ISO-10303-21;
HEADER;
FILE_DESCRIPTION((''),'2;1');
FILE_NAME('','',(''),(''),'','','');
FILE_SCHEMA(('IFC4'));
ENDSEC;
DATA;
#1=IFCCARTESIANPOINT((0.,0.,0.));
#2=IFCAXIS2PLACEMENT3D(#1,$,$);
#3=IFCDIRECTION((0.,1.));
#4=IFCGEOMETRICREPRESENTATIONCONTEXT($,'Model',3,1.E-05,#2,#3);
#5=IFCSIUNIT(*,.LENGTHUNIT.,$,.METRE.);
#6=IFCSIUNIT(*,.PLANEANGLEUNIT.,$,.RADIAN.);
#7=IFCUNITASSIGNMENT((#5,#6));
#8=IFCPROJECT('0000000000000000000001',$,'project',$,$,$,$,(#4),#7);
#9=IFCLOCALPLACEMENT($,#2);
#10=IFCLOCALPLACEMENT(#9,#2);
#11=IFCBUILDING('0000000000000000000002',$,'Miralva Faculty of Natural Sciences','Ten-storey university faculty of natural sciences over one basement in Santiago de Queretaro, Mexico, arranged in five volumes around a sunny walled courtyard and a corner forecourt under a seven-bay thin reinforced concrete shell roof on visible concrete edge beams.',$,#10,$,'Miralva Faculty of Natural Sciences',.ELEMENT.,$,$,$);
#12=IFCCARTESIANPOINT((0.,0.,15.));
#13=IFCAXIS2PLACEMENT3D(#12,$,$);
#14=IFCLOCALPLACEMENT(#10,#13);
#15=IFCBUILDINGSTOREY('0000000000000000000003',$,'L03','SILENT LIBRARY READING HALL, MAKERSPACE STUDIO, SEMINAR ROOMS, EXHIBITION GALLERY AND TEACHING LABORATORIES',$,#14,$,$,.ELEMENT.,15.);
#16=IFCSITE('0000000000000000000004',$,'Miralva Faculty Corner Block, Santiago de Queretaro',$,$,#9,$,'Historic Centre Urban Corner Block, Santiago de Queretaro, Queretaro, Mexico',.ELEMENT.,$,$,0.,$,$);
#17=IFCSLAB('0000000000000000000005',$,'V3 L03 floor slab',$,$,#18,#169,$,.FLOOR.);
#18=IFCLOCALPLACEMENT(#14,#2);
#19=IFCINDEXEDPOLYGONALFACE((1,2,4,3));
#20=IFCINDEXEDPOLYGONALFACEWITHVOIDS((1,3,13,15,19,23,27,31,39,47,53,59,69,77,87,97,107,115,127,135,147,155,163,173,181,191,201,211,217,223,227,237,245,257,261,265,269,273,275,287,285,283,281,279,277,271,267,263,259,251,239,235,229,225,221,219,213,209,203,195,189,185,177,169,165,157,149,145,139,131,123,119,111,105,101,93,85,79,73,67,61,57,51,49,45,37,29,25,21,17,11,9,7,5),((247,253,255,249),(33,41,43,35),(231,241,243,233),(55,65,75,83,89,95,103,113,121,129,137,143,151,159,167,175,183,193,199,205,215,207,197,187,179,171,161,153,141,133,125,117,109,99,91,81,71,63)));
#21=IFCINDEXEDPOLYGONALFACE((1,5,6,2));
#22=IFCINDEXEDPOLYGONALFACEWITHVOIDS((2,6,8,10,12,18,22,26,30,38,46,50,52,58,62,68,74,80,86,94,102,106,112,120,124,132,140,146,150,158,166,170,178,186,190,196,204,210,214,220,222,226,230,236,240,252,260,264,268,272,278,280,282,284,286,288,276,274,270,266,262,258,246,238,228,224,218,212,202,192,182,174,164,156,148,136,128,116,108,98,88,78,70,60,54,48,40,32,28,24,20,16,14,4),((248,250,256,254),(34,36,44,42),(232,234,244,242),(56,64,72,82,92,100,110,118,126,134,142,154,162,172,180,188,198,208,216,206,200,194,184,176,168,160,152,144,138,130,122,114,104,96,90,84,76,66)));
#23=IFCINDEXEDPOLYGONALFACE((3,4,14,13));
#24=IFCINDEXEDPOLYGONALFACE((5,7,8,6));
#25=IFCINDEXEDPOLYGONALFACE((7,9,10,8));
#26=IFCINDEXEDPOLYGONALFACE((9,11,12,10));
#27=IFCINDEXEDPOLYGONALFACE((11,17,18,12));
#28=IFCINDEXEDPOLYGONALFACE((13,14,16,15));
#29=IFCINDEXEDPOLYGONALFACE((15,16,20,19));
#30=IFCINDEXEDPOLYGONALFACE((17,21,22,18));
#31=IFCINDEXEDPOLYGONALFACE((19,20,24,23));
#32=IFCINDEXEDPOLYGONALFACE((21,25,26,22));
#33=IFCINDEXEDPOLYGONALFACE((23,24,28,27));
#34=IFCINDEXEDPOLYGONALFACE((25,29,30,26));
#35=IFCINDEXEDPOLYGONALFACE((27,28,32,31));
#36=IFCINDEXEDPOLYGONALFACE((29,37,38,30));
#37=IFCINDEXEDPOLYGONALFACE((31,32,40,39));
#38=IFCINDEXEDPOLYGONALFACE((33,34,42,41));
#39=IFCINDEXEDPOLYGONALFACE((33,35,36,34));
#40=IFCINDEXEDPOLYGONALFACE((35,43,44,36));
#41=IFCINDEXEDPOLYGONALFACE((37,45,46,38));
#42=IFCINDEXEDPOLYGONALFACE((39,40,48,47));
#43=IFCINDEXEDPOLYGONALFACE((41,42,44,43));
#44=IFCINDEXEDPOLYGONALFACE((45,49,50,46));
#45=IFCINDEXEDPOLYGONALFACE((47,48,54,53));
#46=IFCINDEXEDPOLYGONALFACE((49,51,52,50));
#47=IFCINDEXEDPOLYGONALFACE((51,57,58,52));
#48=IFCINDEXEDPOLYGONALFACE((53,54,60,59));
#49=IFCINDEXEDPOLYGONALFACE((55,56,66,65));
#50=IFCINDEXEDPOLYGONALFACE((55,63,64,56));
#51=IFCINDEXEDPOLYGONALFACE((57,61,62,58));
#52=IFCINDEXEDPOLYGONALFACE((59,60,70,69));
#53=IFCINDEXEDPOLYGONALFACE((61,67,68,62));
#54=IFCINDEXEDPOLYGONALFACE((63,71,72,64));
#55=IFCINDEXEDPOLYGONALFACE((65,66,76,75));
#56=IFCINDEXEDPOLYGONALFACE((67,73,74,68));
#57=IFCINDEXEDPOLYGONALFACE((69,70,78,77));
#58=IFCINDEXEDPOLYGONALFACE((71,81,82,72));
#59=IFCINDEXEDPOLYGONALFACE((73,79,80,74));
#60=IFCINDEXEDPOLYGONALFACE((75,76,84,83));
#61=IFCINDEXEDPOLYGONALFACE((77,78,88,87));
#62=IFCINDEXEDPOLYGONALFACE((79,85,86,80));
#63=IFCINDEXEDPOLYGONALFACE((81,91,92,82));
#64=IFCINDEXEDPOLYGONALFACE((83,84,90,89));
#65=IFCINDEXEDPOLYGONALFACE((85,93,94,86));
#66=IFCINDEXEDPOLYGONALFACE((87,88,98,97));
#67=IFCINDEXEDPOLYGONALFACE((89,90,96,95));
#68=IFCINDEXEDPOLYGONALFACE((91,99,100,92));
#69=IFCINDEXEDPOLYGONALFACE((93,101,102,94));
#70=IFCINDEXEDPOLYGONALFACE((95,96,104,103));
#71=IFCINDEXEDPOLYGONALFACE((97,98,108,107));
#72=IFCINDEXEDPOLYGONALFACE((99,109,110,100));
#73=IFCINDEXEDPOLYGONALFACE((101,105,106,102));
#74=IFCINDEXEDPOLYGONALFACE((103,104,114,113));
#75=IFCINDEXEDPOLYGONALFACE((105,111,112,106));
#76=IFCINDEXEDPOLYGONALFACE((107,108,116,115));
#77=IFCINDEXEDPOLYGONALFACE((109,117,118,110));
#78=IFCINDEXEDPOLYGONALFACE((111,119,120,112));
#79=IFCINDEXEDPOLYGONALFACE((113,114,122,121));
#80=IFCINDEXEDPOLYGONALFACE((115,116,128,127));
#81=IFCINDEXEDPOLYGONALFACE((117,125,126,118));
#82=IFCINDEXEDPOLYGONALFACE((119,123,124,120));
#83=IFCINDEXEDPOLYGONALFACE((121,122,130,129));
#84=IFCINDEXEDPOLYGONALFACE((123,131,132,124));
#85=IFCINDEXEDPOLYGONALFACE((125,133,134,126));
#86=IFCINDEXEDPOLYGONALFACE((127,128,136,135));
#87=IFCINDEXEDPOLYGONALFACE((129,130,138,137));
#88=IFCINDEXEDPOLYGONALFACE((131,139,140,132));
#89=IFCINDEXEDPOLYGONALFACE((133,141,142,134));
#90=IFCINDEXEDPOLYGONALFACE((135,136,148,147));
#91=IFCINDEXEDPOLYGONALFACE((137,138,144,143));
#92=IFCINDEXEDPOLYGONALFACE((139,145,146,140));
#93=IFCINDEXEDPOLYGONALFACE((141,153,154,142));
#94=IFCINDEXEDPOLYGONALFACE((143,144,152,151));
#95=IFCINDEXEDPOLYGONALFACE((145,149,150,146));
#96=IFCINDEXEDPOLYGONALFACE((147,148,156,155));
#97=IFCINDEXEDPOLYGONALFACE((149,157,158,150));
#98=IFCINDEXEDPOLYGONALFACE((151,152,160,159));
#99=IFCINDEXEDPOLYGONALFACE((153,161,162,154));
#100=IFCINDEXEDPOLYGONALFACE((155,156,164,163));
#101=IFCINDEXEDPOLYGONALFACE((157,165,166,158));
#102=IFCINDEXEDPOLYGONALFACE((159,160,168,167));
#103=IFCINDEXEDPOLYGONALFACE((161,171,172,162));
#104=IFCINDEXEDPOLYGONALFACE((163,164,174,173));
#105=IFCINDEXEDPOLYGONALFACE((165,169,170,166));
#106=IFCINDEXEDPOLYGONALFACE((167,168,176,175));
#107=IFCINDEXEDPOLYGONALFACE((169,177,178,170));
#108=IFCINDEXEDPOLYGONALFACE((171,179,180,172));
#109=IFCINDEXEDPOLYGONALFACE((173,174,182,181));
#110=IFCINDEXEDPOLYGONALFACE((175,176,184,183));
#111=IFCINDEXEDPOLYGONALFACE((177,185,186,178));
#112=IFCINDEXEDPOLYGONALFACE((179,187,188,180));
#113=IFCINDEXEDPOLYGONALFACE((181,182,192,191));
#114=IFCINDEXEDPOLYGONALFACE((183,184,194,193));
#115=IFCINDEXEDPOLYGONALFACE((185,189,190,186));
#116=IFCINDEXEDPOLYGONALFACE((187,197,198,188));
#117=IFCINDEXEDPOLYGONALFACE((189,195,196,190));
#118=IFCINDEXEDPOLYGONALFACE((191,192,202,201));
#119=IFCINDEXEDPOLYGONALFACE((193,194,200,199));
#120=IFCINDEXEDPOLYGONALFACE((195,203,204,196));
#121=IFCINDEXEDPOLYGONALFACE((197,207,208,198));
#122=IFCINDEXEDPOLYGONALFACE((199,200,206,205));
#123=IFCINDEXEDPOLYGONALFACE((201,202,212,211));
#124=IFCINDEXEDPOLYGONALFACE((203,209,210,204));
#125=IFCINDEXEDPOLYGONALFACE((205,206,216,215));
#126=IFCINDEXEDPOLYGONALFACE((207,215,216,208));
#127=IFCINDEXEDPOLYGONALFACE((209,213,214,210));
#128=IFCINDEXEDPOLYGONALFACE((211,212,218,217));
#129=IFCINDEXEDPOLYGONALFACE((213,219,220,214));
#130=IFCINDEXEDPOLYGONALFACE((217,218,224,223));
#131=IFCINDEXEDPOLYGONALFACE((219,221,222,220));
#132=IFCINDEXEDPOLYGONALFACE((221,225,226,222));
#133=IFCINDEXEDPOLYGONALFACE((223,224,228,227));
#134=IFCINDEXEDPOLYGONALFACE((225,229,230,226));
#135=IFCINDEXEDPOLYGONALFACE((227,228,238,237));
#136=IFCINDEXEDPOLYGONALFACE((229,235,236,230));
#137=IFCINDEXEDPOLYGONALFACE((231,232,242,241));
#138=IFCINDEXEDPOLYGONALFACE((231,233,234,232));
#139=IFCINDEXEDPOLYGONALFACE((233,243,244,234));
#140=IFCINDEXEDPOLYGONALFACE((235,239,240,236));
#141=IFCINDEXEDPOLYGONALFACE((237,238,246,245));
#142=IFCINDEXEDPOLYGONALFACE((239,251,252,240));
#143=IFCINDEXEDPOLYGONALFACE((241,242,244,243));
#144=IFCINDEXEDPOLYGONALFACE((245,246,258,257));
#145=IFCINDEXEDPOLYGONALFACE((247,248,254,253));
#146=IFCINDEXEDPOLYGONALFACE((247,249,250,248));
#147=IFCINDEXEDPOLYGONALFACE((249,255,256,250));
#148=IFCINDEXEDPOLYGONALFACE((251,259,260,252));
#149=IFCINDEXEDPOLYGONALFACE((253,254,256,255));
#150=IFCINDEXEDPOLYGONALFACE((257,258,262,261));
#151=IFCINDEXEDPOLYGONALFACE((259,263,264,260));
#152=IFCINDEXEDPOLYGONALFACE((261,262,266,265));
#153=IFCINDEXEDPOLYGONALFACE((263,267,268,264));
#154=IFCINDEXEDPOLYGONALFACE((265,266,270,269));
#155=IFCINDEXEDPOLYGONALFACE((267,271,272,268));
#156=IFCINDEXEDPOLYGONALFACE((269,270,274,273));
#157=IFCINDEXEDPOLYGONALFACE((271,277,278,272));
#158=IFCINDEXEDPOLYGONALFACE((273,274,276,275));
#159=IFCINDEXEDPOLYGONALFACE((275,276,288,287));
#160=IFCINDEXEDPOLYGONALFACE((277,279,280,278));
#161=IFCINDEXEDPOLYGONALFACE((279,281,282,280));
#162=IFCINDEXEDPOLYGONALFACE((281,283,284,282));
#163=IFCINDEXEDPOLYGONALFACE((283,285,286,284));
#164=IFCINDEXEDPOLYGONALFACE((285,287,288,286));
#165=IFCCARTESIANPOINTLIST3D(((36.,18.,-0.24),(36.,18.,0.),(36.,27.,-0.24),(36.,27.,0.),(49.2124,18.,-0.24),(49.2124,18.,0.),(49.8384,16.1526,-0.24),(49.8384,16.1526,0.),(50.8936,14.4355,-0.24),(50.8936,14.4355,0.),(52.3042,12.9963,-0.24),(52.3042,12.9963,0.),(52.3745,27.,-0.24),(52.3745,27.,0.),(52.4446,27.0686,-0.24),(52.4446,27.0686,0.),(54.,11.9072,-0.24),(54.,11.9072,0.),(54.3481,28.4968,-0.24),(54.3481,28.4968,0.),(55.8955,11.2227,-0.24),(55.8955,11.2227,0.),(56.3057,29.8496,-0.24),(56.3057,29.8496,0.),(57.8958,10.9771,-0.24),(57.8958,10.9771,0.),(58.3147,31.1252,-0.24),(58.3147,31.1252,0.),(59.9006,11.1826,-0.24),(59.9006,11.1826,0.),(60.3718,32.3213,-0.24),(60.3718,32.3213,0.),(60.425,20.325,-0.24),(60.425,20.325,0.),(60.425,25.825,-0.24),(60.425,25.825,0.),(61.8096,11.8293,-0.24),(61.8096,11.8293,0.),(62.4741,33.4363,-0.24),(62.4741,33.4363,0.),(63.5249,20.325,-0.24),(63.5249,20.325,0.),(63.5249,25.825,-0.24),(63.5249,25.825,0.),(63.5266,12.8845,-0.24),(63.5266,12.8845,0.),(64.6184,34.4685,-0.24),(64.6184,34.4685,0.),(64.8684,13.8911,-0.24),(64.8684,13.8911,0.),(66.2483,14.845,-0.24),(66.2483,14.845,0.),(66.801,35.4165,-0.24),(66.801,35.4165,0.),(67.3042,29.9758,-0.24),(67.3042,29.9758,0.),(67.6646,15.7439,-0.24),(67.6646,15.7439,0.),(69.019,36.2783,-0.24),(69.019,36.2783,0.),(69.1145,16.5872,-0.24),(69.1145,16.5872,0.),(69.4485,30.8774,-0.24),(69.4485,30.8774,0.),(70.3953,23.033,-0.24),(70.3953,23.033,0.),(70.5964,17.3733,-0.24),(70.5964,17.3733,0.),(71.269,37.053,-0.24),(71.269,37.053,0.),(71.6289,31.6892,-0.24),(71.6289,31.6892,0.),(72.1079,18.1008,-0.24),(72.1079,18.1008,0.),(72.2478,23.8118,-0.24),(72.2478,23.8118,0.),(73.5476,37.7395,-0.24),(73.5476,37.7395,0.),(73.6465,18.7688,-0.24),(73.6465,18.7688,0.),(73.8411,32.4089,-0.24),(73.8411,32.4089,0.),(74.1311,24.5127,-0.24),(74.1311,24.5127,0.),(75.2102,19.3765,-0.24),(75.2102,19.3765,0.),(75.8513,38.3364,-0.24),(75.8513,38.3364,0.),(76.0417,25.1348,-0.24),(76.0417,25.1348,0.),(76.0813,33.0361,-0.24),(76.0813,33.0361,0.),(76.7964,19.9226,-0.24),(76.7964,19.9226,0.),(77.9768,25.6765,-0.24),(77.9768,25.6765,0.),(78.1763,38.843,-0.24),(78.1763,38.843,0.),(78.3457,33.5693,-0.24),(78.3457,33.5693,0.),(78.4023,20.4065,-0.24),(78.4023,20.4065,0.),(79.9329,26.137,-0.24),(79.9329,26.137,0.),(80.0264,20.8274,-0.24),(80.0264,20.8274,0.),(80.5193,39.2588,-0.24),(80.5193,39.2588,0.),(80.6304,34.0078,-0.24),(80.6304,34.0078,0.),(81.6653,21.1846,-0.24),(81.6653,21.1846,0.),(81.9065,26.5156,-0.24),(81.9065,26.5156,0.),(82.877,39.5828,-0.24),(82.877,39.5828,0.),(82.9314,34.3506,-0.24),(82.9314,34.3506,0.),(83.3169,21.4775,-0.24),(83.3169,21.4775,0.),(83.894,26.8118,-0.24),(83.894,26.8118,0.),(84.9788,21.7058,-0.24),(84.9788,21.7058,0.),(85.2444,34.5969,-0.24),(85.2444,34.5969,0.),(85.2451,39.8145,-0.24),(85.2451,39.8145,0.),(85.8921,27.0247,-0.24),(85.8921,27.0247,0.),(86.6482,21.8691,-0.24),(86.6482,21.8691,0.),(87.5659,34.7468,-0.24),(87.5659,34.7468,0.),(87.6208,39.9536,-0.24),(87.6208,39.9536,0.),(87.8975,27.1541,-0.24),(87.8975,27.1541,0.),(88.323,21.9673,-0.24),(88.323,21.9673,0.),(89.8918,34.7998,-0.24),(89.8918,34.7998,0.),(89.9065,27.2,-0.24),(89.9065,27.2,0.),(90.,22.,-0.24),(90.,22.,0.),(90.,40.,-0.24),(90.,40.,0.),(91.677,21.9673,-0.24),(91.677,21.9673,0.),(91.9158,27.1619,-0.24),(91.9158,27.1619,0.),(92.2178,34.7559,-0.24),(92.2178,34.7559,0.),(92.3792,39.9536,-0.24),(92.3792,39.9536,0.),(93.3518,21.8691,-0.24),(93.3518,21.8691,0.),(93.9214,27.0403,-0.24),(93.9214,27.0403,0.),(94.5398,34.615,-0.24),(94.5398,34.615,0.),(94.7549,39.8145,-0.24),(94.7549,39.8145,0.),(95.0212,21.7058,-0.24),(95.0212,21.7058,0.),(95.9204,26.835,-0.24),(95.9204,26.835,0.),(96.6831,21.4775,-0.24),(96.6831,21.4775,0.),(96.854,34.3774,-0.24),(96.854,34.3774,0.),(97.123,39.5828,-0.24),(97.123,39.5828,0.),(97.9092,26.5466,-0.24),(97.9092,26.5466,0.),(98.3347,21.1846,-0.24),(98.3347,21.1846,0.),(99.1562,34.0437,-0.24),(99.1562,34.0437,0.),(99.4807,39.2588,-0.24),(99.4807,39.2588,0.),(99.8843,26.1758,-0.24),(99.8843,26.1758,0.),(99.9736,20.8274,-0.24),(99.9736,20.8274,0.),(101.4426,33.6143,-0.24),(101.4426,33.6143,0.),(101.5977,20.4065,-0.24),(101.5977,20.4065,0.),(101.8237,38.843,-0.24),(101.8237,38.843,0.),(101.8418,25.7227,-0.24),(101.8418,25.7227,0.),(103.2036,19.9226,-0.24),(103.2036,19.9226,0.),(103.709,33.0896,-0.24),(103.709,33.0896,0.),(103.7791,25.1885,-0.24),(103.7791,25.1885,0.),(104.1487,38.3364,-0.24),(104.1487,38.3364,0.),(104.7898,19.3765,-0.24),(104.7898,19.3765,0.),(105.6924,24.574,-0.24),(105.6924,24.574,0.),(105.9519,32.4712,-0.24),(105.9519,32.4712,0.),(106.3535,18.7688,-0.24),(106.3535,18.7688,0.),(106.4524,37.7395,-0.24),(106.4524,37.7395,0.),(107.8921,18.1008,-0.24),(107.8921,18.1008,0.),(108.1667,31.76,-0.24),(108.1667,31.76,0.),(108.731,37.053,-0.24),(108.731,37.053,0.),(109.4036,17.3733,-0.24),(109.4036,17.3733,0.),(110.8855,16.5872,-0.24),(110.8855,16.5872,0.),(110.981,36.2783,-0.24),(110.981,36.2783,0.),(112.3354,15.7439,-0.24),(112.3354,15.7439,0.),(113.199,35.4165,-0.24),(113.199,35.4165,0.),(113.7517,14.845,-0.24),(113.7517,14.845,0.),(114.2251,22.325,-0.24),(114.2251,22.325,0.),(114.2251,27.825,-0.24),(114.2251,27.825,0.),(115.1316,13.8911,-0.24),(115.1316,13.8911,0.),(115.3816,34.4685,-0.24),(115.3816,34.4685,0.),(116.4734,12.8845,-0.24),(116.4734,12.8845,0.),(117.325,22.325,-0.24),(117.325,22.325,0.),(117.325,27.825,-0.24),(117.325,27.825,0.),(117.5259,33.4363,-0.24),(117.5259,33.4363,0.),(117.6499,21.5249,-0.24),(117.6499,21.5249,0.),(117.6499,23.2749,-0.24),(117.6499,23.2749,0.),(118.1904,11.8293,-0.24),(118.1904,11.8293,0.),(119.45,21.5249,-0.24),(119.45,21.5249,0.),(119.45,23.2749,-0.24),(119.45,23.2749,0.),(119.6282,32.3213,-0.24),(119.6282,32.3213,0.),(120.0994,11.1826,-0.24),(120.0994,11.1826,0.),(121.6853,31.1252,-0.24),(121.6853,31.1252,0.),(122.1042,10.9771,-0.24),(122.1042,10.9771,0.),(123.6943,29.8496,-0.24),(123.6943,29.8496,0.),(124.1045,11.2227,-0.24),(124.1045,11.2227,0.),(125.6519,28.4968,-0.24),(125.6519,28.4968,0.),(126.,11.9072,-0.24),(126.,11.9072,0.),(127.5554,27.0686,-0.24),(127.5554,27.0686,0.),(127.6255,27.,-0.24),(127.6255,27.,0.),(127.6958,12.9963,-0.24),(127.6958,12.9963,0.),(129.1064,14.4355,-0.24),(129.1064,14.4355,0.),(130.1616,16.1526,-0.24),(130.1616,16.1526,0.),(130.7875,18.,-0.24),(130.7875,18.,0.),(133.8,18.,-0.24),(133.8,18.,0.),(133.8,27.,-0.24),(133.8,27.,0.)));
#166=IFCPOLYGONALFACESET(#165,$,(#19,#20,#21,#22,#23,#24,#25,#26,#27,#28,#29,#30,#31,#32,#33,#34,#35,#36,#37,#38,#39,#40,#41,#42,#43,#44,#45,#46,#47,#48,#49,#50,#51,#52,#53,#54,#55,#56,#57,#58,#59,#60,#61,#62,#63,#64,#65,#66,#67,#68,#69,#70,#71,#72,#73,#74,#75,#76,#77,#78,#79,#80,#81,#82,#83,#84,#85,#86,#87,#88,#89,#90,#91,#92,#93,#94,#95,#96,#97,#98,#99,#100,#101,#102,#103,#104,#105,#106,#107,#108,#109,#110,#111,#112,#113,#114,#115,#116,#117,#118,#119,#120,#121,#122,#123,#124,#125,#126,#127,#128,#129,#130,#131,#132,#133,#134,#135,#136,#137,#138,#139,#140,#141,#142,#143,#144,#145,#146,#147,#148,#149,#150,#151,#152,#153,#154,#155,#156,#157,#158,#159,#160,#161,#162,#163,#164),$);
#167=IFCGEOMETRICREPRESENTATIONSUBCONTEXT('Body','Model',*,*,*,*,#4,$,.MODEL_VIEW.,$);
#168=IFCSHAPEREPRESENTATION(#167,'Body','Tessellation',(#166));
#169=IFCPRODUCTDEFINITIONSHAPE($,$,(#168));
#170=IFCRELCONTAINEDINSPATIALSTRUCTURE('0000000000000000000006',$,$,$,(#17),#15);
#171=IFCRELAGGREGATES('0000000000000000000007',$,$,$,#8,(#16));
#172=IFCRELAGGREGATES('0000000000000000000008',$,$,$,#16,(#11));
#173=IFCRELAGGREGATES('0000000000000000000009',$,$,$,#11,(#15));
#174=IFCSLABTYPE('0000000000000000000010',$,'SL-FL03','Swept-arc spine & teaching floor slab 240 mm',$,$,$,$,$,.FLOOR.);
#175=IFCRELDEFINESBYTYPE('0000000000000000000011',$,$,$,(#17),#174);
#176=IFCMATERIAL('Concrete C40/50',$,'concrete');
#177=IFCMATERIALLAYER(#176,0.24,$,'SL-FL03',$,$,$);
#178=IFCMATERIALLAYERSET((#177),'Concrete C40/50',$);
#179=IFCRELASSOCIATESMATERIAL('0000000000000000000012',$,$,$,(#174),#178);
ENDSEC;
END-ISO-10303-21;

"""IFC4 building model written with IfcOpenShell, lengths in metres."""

from ifc_helpers import new_model, si_unit, direction, frame, origin, place, context, subcontext, project, spatial, polyline, outline, extrude, material, layer, layer_set, type_object, element, save


model = new_model("IFC4")

# Units and contexts
model_context = context("Model", 3, precision=1e-05, world=origin(), true_north=direction((0.0, 1.0)))
body_context = subcontext(model_context, "Body", "Model", "MODEL_VIEW")
ifc_project = project(units=[si_unit("LENGTHUNIT", "METRE"), si_unit("PLANEANGLEUNIT", "RADIAN")], contexts=[model_context])

# Site, building, storey
site_placement = place(None, origin())
site = spatial("IfcSite", under=ifc_project, at=site_placement, Name="Miralva Faculty Corner Block, Santiago de Queretaro", LongName="Historic Centre Urban Corner Block, Santiago de Queretaro, Queretaro, Mexico", CompositionType="ELEMENT", RefElevation=0.0)
building_placement = place(site_placement, origin())
building = spatial("IfcBuilding", under=site, at=building_placement, Name="Miralva Faculty of Natural Sciences", Description="Ten-storey university faculty of natural sciences over one basement in Santiago de Queretaro, Mexico, arranged in five volumes around a sunny walled courtyard and a corner forecourt under a seven-bay thin reinforced concrete shell roof on visible concrete edge beams.", LongName="Miralva Faculty of Natural Sciences", CompositionType="ELEMENT")
storey_placement = place(building_placement, frame((0.0, 0.0, 15.0)))
storey = spatial("IfcBuildingStorey", under=building, at=storey_placement, Name="L03", Description="SILENT LIBRARY READING HALL, MAKERSPACE STUDIO, SEMINAR ROOMS, EXHIBITION GALLERY AND TEACHING LABORATORIES", CompositionType="ELEMENT", Elevation=15.0)

# Slab
ifc_material_1 = material(Name="Concrete C40/50", Category="concrete")
ifc_layer_1 = layer(ifc_material_1, 0.24, Name="SL-FL03")
ifc_layer_set_1 = layer_set([ifc_layer_1], Name="Concrete C40/50")
slab_type_1 = type_object("IfcSlabType", Name="SL-FL03", Description="Swept-arc spine & teaching floor slab 240 mm", PredefinedType="FLOOR", material=ifc_layer_set_1)
slab_1_placement = place(storey_placement, frame((0.0, 0.0, -0.24)))
element("IfcSlab", 1, at=slab_1_placement, inside=storey, type_object=slab_type_1, Name="V3 L03 floor slab", PredefinedType="FLOOR", context=body_context, shape_type="SweptSolid", body=[
    extrude(outline(polyline([(36.0, 27.0), (52.3745, 27.0), (52.4446, 27.0686), (54.3481, 28.4968), (56.3057, 29.8496), (58.3147, 31.1252), (60.3718, 32.3213), (62.4741, 33.4363), (64.6184, 34.4685), (66.801, 35.4165), (69.019, 36.2783), (71.269, 37.053), (73.5476, 37.7395), (75.8513, 38.3364), (78.1763, 38.843), (80.5193, 39.2588), (82.877, 39.5828), (85.2451, 39.8145), (87.6208, 39.9536), (90.0, 40.0), (92.3792, 39.9536), (94.7549, 39.8145), (97.123, 39.5828), (99.4807, 39.2588), (101.8237, 38.843), (104.1487, 38.3364), (106.4524, 37.7395), (108.731, 37.053), (110.981, 36.2783), (113.199, 35.4165), (115.3816, 34.4685), (117.5259, 33.4363), (119.6282, 32.3213), (121.6853, 31.1252), (123.6943, 29.8496), (125.6519, 28.4968), (127.5554, 27.0686), (127.6255, 27.0), (133.8, 27.0), (133.8, 18.0), (130.7876, 18.0), (130.8083, 18.0615), (130.1616, 16.1526), (129.1064, 14.4355), (127.6958, 12.9963), (126.0, 11.9072), (124.1045, 11.2227), (122.1042, 10.9771), (120.0994, 11.1826), (118.1904, 11.8293), (116.4734, 12.8845), (115.1316, 13.8911), (113.7517, 14.845), (112.3354, 15.7439), (110.8855, 16.5872), (109.4036, 17.3733), (107.8921, 18.1008), (106.3535, 18.7688), (104.7898, 19.3765), (103.2036, 19.9226), (101.5977, 20.4065), (99.9736, 20.8274), (98.3347, 21.1846), (96.6831, 21.4775), (95.0212, 21.7058), (93.3518, 21.8691), (91.677, 21.9673), (90.0, 22.0), (88.323, 21.9673), (86.6482, 21.8691), (84.9788, 21.7058), (83.3169, 21.4775), (81.6653, 21.1846), (80.0264, 20.8274), (78.4023, 20.4065), (76.7964, 19.9226), (75.2102, 19.3765), (73.6465, 18.7688), (72.1079, 18.1008), (70.5964, 17.3733), (69.1145, 16.5872), (67.6646, 15.7439), (66.2483, 14.845), (64.8684, 13.8911), (63.5266, 12.8845), (61.8096, 11.8293), (59.9006, 11.1826), (57.8958, 10.9771), (55.8955, 11.2227), (54.0, 11.9072), (52.3042, 12.9963), (50.8936, 14.4355), (49.8384, 16.1526), (49.2124, 18.0), (36.0, 18.0), (36.0, 27.0)]), holes=[polyline([(117.325, 22.325), (114.2251, 22.325), (114.2251, 27.825), (117.325, 27.825), (117.325, 22.325)]), polyline([(119.45, 21.5249), (117.6499, 21.5249), (117.6499, 23.2749), (119.45, 23.2749), (119.45, 21.5249)]), polyline([(63.5249, 20.325), (60.425, 20.325), (60.425, 25.825), (63.5249, 25.825), (63.5249, 20.325)]), polyline([(70.3953, 23.033), (67.3042, 29.9758), (69.4485, 30.8774), (71.6289, 31.6892), (73.8411, 32.4089), (76.0813, 33.0361), (78.3457, 33.5693), (80.6304, 34.0078), (82.9314, 34.3506), (85.2444, 34.5969), (87.5659, 34.7468), (89.8918, 34.7998), (92.2178, 34.7559), (94.5398, 34.615), (96.854, 34.3774), (99.1562, 34.0437), (101.4426, 33.6143), (103.709, 33.0896), (105.9519, 32.4712), (108.1667, 31.76), (105.6924, 24.574), (103.7791, 25.1885), (101.8418, 25.7227), (99.8843, 26.1758), (97.9092, 26.5466), (95.9204, 26.835), (93.9214, 27.0403), (91.9158, 27.1619), (89.9065, 27.2), (87.8975, 27.1541), (85.8921, 27.0247), (83.894, 26.8118), (81.9065, 26.5156), (79.9329, 26.137), (77.9768, 25.6765), (76.0417, 25.1348), (74.1311, 24.5127), (72.2478, 23.8118), (70.3953, 23.033)])]), origin(), (0.0, 0.0, 1.0), 0.24),
])

save(model, "model.ifc")
